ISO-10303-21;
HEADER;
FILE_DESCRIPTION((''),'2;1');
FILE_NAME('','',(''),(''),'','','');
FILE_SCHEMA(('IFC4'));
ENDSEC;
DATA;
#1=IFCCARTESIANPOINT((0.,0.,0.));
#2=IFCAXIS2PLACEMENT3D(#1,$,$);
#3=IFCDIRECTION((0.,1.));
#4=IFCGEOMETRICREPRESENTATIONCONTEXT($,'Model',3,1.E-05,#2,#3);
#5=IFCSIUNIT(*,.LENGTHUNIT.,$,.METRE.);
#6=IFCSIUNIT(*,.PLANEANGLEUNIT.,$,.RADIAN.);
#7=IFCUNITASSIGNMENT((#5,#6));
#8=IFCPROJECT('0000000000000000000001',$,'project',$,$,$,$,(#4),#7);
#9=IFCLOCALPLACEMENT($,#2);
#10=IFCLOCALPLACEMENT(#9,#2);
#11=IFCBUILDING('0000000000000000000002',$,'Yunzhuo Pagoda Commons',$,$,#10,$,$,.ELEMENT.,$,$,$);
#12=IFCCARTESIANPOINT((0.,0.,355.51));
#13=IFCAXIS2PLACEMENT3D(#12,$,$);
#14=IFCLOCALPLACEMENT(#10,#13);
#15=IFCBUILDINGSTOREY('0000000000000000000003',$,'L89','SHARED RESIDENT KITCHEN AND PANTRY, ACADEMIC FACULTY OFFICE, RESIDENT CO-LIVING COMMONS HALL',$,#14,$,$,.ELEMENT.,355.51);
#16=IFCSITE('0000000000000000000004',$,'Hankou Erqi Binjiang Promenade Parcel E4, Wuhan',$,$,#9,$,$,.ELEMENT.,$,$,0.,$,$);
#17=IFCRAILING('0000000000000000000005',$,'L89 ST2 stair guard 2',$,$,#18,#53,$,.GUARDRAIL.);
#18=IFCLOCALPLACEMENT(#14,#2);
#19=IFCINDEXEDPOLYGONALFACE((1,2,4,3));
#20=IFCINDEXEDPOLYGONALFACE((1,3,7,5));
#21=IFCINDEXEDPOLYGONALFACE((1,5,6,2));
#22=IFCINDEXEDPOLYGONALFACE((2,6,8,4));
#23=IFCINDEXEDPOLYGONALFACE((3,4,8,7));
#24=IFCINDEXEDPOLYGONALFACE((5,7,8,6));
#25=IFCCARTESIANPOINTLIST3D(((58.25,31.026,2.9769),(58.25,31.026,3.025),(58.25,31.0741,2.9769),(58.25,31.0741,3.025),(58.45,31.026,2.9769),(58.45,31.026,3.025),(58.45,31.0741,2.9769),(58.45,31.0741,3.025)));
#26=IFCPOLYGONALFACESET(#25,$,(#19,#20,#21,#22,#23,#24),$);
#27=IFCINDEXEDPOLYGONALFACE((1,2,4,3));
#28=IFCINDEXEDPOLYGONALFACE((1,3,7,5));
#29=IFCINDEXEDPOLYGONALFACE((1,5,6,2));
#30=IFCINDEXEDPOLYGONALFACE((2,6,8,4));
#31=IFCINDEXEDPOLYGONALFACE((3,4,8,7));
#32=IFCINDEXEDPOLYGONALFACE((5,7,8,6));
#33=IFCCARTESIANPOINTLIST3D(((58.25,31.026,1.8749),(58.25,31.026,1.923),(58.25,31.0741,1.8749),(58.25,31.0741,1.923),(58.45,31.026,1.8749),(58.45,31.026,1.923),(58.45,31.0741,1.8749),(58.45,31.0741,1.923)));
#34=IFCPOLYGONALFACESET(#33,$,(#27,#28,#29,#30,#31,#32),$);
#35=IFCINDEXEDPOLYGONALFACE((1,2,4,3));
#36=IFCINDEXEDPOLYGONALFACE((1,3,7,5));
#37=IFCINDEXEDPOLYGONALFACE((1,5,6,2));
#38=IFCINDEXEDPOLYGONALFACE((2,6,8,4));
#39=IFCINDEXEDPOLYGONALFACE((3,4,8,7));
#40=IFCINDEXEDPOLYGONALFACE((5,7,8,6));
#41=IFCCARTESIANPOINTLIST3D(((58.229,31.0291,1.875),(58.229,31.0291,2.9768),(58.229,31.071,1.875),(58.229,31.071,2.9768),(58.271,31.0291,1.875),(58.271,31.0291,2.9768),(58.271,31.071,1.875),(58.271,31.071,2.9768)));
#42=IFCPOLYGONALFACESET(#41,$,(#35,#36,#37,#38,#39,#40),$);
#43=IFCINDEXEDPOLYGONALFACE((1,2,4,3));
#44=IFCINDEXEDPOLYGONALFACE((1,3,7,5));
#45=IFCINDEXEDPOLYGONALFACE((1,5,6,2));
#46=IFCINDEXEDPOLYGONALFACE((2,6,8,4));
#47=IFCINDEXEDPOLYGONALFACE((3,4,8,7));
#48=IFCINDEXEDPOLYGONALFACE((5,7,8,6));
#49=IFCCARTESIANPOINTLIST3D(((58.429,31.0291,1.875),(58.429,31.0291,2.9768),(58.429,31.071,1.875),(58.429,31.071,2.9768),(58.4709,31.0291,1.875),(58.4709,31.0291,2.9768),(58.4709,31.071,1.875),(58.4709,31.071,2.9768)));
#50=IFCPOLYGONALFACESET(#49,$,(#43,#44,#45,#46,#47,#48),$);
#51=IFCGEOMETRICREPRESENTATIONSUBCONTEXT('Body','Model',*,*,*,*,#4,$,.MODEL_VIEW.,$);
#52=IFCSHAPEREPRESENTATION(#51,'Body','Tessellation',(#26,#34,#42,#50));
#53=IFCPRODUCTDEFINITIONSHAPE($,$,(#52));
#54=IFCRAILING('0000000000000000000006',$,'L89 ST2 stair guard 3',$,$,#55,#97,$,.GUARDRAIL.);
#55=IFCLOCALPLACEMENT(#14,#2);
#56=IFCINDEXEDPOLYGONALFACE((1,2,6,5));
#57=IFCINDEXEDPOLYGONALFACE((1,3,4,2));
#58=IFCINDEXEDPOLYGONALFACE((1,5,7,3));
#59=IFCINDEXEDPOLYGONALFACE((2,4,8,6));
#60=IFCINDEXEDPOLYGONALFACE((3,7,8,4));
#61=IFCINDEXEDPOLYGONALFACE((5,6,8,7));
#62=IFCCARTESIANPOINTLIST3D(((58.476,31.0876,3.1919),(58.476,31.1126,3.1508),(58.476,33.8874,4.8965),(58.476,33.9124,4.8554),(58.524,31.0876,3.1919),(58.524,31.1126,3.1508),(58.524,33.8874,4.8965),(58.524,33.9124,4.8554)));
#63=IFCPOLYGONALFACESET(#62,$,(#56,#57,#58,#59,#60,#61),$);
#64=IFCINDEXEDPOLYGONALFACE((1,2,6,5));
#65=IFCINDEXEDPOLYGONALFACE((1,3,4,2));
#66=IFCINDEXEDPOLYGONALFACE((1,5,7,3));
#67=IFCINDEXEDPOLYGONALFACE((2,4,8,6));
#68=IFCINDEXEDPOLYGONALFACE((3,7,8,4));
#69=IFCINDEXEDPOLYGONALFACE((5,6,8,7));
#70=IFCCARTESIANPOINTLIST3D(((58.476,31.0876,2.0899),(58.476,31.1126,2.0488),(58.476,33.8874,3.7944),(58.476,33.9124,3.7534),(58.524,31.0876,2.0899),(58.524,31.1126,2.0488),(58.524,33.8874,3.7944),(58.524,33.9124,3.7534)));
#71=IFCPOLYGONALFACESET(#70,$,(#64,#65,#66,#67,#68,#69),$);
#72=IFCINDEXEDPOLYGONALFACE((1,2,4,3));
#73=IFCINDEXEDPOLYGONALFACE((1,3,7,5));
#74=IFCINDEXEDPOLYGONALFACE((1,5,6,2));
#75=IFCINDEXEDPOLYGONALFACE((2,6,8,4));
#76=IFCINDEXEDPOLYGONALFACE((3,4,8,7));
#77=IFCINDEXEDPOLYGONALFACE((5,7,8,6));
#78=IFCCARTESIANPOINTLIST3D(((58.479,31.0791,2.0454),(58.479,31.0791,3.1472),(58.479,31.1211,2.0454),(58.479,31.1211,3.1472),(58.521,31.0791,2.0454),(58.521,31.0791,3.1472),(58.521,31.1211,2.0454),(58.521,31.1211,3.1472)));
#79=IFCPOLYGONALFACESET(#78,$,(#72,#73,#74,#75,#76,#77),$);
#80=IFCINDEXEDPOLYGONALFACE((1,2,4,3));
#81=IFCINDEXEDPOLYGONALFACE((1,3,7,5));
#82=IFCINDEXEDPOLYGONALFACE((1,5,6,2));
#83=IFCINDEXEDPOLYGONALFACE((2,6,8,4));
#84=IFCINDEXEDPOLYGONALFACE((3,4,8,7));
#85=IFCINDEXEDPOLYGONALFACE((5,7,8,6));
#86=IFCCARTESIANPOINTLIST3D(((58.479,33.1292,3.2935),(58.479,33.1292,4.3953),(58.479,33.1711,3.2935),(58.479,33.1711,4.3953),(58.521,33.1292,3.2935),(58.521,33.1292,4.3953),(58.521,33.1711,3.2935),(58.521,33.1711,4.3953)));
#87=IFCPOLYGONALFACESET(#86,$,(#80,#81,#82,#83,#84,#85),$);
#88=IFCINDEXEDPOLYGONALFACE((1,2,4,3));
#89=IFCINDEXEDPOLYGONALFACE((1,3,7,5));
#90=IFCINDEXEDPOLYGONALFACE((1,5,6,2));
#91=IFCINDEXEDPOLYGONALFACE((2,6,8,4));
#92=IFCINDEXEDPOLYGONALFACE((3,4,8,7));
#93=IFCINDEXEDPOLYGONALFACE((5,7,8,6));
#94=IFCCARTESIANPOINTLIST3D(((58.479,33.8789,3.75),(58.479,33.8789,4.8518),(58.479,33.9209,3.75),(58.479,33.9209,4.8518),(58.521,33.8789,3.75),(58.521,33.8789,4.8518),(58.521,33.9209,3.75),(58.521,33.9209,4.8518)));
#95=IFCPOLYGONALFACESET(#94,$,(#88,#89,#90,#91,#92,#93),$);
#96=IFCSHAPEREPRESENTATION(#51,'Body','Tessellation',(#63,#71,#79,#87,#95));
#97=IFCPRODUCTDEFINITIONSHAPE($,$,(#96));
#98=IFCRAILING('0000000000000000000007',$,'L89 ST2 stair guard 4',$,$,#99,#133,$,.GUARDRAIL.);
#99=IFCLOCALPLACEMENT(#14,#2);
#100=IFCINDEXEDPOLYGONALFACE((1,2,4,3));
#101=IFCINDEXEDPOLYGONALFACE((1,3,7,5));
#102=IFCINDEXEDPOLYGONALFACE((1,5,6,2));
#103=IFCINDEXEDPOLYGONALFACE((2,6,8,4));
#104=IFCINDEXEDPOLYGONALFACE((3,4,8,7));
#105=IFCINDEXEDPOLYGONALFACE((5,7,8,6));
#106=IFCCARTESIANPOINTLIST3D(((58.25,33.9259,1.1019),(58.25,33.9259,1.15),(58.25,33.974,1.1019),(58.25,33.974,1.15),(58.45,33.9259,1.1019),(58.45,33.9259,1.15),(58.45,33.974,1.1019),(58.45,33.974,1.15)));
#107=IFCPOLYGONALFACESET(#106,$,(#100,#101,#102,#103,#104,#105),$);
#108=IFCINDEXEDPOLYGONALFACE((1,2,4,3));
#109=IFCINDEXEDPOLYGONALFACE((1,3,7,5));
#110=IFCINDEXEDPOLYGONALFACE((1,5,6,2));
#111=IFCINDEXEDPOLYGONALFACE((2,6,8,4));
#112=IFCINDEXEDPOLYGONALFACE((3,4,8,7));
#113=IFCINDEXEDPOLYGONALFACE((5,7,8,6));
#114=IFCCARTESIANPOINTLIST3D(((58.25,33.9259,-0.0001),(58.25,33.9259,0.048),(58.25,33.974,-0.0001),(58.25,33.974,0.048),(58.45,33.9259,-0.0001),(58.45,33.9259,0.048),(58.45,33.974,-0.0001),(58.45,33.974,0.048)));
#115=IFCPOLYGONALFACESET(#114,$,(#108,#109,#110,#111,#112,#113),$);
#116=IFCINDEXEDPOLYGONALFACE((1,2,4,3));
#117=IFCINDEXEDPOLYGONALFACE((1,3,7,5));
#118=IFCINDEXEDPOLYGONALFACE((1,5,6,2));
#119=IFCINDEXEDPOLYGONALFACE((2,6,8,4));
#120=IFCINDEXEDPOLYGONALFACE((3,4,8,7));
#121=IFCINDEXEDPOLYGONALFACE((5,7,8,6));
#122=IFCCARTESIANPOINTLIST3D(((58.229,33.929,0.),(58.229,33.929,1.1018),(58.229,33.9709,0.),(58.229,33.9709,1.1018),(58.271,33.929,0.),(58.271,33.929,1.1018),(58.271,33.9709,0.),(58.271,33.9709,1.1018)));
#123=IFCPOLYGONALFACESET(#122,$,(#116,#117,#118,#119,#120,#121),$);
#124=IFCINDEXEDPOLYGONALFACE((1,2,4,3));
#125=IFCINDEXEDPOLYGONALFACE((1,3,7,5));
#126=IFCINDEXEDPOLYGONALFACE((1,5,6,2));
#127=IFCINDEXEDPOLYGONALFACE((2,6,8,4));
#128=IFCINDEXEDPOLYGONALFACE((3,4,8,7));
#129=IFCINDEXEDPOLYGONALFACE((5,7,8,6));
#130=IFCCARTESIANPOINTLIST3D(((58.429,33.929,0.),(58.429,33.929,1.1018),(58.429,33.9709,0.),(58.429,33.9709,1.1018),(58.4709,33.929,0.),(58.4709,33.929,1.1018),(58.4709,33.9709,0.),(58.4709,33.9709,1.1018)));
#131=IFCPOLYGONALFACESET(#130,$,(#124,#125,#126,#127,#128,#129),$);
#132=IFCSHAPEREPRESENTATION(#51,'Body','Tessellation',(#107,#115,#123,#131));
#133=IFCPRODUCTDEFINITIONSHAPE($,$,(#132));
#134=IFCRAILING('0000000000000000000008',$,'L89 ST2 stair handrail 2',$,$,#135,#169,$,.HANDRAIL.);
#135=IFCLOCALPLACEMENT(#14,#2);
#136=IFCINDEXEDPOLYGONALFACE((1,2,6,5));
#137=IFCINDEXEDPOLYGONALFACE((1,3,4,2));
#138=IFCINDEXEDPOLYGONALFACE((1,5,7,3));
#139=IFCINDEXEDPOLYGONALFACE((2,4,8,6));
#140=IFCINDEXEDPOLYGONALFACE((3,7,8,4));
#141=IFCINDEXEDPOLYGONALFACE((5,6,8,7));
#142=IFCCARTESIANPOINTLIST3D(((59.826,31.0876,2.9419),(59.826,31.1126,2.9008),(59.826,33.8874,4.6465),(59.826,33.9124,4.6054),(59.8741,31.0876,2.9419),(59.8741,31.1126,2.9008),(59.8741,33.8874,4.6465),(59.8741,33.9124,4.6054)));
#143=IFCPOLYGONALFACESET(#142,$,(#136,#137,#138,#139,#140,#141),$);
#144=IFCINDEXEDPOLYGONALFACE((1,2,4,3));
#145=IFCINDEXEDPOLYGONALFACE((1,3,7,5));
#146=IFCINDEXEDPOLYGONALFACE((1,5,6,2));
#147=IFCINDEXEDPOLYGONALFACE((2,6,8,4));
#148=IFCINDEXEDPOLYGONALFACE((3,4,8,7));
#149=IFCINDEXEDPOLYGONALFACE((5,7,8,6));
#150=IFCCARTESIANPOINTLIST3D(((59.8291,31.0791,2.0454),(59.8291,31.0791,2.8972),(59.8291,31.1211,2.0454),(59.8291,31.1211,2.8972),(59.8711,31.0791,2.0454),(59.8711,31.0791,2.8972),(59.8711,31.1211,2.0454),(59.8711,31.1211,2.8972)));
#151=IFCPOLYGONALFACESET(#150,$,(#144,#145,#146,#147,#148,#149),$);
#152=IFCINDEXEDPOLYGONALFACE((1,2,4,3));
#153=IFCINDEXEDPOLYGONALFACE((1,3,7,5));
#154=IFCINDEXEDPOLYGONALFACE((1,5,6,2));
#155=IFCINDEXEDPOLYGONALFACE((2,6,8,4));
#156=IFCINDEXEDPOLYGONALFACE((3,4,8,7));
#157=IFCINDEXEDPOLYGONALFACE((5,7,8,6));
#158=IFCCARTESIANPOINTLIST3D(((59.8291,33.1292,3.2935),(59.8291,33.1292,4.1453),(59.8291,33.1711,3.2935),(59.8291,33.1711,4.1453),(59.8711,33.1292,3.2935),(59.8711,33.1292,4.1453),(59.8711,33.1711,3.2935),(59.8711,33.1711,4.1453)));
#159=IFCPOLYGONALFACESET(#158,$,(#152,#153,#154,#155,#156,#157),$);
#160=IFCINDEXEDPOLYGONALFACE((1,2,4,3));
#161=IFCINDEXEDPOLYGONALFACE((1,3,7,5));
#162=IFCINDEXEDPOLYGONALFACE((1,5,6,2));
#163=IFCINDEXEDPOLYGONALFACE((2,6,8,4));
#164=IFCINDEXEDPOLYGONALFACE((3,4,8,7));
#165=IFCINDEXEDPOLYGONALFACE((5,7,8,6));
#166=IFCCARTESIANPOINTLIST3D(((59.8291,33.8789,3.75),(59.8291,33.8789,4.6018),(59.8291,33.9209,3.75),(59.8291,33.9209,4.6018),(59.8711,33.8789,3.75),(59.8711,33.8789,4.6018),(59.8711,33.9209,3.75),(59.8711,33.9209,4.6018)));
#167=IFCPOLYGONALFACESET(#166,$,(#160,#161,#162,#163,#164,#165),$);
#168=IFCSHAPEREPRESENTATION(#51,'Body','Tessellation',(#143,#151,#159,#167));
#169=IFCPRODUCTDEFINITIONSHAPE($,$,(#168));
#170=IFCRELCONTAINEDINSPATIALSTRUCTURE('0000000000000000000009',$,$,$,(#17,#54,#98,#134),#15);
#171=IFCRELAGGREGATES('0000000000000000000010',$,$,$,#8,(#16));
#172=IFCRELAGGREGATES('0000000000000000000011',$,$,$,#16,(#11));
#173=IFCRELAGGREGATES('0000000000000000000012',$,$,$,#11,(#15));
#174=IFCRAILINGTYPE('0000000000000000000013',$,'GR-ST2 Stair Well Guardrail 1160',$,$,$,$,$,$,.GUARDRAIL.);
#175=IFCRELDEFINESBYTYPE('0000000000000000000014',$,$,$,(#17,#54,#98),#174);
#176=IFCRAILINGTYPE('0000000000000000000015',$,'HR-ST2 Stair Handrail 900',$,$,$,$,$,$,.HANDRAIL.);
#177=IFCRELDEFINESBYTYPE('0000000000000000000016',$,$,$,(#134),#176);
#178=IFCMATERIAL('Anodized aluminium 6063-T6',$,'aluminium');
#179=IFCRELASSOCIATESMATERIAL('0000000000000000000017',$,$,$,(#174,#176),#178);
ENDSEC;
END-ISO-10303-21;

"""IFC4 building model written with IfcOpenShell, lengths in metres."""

from ifc_helpers import new_model, si_unit, direction, frame, origin, origin_2d, place, context, subcontext, project, spatial, rectangle, extrude, material, type_object, element, save


model = new_model("IFC4")

# Units and contexts
model_context = context("Model", 3, precision=1e-05, world=origin(), true_north=direction((0.0, 1.0)))
body_context = subcontext(model_context, "Body", "Model", "MODEL_VIEW")
ifc_project = project(units=[si_unit("LENGTHUNIT", "METRE"), si_unit("PLANEANGLEUNIT", "RADIAN")], contexts=[model_context])

# Site, building, storey
site_placement = place(None, origin())
site = spatial("IfcSite", under=ifc_project, at=site_placement, Name="Hankou Erqi Binjiang Promenade Parcel E4, Wuhan", CompositionType="ELEMENT", RefElevation=0.0)
building_placement = place(site_placement, origin())
building = spatial("IfcBuilding", under=site, at=building_placement, Name="Yunzhuo Pagoda Commons", CompositionType="ELEMENT")
storey_placement = place(building_placement, frame((0.0, 0.0, 355.51)))
storey = spatial("IfcBuildingStorey", under=building, at=storey_placement, Name="L89", Description="SHARED RESIDENT KITCHEN AND PANTRY, ACADEMIC FACULTY OFFICE, RESIDENT CO-LIVING COMMONS HALL", CompositionType="ELEMENT", Elevation=355.51)

# Shared definitions
ifc_material_1 = material(Name="Anodized aluminium 6063-T6", Category="aluminium")

# Railings
railing_type_1 = type_object("IfcRailingType", Name="GR-ST2 Stair Well Guardrail 1160", PredefinedType="GUARDRAIL", material=ifc_material_1)
railing_1_placement = place(storey_placement, frame((58.25, 31.05, 1.875)))
element("IfcRailing", 1, at=railing_1_placement, inside=storey, type_object=railing_type_1, Name="L89 ST2 stair guard 2", PredefinedType="GUARDRAIL", context=body_context, shape_type="SweptSolid", body=[
    extrude(rectangle(XDim=0.0481, YDim=0.0481, at=origin_2d()), frame((0.0, 0.0, 1.126), z_axis=(1.0, 0.0, 0.0), x_axis=(0.0, 1.0, 0.0)), (0.0, 0.0, 1.0), 0.2),
    extrude(rectangle(XDim=0.0481, YDim=0.0481, at=origin_2d()), frame((0.0, 0.0, 0.0239), z_axis=(1.0, 0.0, 0.0), x_axis=(0.0, 1.0, 0.0)), (0.0, 0.0, 1.0), 0.2),
    extrude(rectangle(XDim=0.042, YDim=0.042, at=origin_2d()), origin(), (0.0, 0.0, 1.0), 1.1018),
    extrude(rectangle(XDim=0.042, YDim=0.042, at=origin_2d()), frame((0.2, 0.0, 0.0)), (0.0, 0.0, 1.0), 1.1018),
])
railing_2_placement = place(storey_placement, frame((58.5, 31.1001, 2.0454)))
element("IfcRailing", 2, at=railing_2_placement, inside=storey, type_object=railing_type_1, Name="L89 ST2 stair guard 3", PredefinedType="GUARDRAIL", context=body_context, shape_type="SweptSolid", body=[
    extrude(rectangle(XDim=0.0481, YDim=0.0481, at=origin_2d()), frame((0.0, 0.0, 1.126), z_axis=(0.0, 0.85415, 0.520027), x_axis=(-1.0, 0.0, 0.0)), (0.0, 0.0, 1.0), 3.2778),
    extrude(rectangle(XDim=0.0481, YDim=0.0481, at=origin_2d()), frame((0.0, 0.0, 0.0239), z_axis=(0.0, 0.85415, 0.520027), x_axis=(-1.0, 0.0, 0.0)), (0.0, 0.0, 1.0), 3.2778),
    extrude(rectangle(XDim=0.042, YDim=0.042, at=origin_2d()), origin(), (0.0, 0.0, 1.0), 1.1018),
    extrude(rectangle(XDim=0.042, YDim=0.042, at=origin_2d()), frame((0.0, 2.05, 1.248)), (0.0, 0.0, 1.0), 1.1018),
    extrude(rectangle(XDim=0.042, YDim=0.042, at=origin_2d()), frame((0.0, 2.7998, 1.7046)), (0.0, 0.0, 1.0), 1.1018),
])
railing_3_placement = place(storey_placement, frame((58.25, 33.95, 0.0)))
element("IfcRailing", 3, at=railing_3_placement, inside=storey, type_object=railing_type_1, Name="L89 ST2 stair guard 4", PredefinedType="GUARDRAIL", context=body_context, shape_type="SweptSolid", body=[
    extrude(rectangle(XDim=0.0481, YDim=0.0481, at=origin_2d()), frame((0.0, 0.0, 1.126), z_axis=(1.0, 0.0, 0.0), x_axis=(0.0, 1.0, 0.0)), (0.0, 0.0, 1.0), 0.2),
    extrude(rectangle(XDim=0.0481, YDim=0.0481, at=origin_2d()), frame((0.0, 0.0, 0.0239), z_axis=(1.0, 0.0, 0.0), x_axis=(0.0, 1.0, 0.0)), (0.0, 0.0, 1.0), 0.2),
    extrude(rectangle(XDim=0.042, YDim=0.042, at=origin_2d()), origin(), (0.0, 0.0, 1.0), 1.1018),
    extrude(rectangle(XDim=0.042, YDim=0.042, at=origin_2d()), frame((0.2, 0.0, 0.0)), (0.0, 0.0, 1.0), 1.1018),
])
railing_type_2 = type_object("IfcRailingType", Name="HR-ST2 Stair Handrail 900", PredefinedType="HANDRAIL", material=ifc_material_1)
railing_4_placement = place(storey_placement, frame((59.8501, 31.1001, 2.0454)))
element("IfcRailing", 4, at=railing_4_placement, inside=storey, type_object=railing_type_2, Name="L89 ST2 stair handrail 2", PredefinedType="HANDRAIL", context=body_context, shape_type="SweptSolid", body=[
    extrude(rectangle(XDim=0.0481, YDim=0.0481, at=origin_2d()), frame((0.0, 0.0, 0.876), z_axis=(0.0, 0.85415, 0.520027), x_axis=(-1.0, 0.0, 0.0)), (0.0, 0.0, 1.0), 3.2778),
    extrude(rectangle(XDim=0.042, YDim=0.042, at=origin_2d()), origin(), (0.0, 0.0, 1.0), 0.8518),
    extrude(rectangle(XDim=0.042, YDim=0.042, at=origin_2d()), frame((0.0, 2.05, 1.248)), (0.0, 0.0, 1.0), 0.8518),
    extrude(rectangle(XDim=0.042, YDim=0.042, at=origin_2d()), frame((0.0, 2.7998, 1.7046)), (0.0, 0.0, 1.0), 0.8518),
])

save(model, "model.ifc")
